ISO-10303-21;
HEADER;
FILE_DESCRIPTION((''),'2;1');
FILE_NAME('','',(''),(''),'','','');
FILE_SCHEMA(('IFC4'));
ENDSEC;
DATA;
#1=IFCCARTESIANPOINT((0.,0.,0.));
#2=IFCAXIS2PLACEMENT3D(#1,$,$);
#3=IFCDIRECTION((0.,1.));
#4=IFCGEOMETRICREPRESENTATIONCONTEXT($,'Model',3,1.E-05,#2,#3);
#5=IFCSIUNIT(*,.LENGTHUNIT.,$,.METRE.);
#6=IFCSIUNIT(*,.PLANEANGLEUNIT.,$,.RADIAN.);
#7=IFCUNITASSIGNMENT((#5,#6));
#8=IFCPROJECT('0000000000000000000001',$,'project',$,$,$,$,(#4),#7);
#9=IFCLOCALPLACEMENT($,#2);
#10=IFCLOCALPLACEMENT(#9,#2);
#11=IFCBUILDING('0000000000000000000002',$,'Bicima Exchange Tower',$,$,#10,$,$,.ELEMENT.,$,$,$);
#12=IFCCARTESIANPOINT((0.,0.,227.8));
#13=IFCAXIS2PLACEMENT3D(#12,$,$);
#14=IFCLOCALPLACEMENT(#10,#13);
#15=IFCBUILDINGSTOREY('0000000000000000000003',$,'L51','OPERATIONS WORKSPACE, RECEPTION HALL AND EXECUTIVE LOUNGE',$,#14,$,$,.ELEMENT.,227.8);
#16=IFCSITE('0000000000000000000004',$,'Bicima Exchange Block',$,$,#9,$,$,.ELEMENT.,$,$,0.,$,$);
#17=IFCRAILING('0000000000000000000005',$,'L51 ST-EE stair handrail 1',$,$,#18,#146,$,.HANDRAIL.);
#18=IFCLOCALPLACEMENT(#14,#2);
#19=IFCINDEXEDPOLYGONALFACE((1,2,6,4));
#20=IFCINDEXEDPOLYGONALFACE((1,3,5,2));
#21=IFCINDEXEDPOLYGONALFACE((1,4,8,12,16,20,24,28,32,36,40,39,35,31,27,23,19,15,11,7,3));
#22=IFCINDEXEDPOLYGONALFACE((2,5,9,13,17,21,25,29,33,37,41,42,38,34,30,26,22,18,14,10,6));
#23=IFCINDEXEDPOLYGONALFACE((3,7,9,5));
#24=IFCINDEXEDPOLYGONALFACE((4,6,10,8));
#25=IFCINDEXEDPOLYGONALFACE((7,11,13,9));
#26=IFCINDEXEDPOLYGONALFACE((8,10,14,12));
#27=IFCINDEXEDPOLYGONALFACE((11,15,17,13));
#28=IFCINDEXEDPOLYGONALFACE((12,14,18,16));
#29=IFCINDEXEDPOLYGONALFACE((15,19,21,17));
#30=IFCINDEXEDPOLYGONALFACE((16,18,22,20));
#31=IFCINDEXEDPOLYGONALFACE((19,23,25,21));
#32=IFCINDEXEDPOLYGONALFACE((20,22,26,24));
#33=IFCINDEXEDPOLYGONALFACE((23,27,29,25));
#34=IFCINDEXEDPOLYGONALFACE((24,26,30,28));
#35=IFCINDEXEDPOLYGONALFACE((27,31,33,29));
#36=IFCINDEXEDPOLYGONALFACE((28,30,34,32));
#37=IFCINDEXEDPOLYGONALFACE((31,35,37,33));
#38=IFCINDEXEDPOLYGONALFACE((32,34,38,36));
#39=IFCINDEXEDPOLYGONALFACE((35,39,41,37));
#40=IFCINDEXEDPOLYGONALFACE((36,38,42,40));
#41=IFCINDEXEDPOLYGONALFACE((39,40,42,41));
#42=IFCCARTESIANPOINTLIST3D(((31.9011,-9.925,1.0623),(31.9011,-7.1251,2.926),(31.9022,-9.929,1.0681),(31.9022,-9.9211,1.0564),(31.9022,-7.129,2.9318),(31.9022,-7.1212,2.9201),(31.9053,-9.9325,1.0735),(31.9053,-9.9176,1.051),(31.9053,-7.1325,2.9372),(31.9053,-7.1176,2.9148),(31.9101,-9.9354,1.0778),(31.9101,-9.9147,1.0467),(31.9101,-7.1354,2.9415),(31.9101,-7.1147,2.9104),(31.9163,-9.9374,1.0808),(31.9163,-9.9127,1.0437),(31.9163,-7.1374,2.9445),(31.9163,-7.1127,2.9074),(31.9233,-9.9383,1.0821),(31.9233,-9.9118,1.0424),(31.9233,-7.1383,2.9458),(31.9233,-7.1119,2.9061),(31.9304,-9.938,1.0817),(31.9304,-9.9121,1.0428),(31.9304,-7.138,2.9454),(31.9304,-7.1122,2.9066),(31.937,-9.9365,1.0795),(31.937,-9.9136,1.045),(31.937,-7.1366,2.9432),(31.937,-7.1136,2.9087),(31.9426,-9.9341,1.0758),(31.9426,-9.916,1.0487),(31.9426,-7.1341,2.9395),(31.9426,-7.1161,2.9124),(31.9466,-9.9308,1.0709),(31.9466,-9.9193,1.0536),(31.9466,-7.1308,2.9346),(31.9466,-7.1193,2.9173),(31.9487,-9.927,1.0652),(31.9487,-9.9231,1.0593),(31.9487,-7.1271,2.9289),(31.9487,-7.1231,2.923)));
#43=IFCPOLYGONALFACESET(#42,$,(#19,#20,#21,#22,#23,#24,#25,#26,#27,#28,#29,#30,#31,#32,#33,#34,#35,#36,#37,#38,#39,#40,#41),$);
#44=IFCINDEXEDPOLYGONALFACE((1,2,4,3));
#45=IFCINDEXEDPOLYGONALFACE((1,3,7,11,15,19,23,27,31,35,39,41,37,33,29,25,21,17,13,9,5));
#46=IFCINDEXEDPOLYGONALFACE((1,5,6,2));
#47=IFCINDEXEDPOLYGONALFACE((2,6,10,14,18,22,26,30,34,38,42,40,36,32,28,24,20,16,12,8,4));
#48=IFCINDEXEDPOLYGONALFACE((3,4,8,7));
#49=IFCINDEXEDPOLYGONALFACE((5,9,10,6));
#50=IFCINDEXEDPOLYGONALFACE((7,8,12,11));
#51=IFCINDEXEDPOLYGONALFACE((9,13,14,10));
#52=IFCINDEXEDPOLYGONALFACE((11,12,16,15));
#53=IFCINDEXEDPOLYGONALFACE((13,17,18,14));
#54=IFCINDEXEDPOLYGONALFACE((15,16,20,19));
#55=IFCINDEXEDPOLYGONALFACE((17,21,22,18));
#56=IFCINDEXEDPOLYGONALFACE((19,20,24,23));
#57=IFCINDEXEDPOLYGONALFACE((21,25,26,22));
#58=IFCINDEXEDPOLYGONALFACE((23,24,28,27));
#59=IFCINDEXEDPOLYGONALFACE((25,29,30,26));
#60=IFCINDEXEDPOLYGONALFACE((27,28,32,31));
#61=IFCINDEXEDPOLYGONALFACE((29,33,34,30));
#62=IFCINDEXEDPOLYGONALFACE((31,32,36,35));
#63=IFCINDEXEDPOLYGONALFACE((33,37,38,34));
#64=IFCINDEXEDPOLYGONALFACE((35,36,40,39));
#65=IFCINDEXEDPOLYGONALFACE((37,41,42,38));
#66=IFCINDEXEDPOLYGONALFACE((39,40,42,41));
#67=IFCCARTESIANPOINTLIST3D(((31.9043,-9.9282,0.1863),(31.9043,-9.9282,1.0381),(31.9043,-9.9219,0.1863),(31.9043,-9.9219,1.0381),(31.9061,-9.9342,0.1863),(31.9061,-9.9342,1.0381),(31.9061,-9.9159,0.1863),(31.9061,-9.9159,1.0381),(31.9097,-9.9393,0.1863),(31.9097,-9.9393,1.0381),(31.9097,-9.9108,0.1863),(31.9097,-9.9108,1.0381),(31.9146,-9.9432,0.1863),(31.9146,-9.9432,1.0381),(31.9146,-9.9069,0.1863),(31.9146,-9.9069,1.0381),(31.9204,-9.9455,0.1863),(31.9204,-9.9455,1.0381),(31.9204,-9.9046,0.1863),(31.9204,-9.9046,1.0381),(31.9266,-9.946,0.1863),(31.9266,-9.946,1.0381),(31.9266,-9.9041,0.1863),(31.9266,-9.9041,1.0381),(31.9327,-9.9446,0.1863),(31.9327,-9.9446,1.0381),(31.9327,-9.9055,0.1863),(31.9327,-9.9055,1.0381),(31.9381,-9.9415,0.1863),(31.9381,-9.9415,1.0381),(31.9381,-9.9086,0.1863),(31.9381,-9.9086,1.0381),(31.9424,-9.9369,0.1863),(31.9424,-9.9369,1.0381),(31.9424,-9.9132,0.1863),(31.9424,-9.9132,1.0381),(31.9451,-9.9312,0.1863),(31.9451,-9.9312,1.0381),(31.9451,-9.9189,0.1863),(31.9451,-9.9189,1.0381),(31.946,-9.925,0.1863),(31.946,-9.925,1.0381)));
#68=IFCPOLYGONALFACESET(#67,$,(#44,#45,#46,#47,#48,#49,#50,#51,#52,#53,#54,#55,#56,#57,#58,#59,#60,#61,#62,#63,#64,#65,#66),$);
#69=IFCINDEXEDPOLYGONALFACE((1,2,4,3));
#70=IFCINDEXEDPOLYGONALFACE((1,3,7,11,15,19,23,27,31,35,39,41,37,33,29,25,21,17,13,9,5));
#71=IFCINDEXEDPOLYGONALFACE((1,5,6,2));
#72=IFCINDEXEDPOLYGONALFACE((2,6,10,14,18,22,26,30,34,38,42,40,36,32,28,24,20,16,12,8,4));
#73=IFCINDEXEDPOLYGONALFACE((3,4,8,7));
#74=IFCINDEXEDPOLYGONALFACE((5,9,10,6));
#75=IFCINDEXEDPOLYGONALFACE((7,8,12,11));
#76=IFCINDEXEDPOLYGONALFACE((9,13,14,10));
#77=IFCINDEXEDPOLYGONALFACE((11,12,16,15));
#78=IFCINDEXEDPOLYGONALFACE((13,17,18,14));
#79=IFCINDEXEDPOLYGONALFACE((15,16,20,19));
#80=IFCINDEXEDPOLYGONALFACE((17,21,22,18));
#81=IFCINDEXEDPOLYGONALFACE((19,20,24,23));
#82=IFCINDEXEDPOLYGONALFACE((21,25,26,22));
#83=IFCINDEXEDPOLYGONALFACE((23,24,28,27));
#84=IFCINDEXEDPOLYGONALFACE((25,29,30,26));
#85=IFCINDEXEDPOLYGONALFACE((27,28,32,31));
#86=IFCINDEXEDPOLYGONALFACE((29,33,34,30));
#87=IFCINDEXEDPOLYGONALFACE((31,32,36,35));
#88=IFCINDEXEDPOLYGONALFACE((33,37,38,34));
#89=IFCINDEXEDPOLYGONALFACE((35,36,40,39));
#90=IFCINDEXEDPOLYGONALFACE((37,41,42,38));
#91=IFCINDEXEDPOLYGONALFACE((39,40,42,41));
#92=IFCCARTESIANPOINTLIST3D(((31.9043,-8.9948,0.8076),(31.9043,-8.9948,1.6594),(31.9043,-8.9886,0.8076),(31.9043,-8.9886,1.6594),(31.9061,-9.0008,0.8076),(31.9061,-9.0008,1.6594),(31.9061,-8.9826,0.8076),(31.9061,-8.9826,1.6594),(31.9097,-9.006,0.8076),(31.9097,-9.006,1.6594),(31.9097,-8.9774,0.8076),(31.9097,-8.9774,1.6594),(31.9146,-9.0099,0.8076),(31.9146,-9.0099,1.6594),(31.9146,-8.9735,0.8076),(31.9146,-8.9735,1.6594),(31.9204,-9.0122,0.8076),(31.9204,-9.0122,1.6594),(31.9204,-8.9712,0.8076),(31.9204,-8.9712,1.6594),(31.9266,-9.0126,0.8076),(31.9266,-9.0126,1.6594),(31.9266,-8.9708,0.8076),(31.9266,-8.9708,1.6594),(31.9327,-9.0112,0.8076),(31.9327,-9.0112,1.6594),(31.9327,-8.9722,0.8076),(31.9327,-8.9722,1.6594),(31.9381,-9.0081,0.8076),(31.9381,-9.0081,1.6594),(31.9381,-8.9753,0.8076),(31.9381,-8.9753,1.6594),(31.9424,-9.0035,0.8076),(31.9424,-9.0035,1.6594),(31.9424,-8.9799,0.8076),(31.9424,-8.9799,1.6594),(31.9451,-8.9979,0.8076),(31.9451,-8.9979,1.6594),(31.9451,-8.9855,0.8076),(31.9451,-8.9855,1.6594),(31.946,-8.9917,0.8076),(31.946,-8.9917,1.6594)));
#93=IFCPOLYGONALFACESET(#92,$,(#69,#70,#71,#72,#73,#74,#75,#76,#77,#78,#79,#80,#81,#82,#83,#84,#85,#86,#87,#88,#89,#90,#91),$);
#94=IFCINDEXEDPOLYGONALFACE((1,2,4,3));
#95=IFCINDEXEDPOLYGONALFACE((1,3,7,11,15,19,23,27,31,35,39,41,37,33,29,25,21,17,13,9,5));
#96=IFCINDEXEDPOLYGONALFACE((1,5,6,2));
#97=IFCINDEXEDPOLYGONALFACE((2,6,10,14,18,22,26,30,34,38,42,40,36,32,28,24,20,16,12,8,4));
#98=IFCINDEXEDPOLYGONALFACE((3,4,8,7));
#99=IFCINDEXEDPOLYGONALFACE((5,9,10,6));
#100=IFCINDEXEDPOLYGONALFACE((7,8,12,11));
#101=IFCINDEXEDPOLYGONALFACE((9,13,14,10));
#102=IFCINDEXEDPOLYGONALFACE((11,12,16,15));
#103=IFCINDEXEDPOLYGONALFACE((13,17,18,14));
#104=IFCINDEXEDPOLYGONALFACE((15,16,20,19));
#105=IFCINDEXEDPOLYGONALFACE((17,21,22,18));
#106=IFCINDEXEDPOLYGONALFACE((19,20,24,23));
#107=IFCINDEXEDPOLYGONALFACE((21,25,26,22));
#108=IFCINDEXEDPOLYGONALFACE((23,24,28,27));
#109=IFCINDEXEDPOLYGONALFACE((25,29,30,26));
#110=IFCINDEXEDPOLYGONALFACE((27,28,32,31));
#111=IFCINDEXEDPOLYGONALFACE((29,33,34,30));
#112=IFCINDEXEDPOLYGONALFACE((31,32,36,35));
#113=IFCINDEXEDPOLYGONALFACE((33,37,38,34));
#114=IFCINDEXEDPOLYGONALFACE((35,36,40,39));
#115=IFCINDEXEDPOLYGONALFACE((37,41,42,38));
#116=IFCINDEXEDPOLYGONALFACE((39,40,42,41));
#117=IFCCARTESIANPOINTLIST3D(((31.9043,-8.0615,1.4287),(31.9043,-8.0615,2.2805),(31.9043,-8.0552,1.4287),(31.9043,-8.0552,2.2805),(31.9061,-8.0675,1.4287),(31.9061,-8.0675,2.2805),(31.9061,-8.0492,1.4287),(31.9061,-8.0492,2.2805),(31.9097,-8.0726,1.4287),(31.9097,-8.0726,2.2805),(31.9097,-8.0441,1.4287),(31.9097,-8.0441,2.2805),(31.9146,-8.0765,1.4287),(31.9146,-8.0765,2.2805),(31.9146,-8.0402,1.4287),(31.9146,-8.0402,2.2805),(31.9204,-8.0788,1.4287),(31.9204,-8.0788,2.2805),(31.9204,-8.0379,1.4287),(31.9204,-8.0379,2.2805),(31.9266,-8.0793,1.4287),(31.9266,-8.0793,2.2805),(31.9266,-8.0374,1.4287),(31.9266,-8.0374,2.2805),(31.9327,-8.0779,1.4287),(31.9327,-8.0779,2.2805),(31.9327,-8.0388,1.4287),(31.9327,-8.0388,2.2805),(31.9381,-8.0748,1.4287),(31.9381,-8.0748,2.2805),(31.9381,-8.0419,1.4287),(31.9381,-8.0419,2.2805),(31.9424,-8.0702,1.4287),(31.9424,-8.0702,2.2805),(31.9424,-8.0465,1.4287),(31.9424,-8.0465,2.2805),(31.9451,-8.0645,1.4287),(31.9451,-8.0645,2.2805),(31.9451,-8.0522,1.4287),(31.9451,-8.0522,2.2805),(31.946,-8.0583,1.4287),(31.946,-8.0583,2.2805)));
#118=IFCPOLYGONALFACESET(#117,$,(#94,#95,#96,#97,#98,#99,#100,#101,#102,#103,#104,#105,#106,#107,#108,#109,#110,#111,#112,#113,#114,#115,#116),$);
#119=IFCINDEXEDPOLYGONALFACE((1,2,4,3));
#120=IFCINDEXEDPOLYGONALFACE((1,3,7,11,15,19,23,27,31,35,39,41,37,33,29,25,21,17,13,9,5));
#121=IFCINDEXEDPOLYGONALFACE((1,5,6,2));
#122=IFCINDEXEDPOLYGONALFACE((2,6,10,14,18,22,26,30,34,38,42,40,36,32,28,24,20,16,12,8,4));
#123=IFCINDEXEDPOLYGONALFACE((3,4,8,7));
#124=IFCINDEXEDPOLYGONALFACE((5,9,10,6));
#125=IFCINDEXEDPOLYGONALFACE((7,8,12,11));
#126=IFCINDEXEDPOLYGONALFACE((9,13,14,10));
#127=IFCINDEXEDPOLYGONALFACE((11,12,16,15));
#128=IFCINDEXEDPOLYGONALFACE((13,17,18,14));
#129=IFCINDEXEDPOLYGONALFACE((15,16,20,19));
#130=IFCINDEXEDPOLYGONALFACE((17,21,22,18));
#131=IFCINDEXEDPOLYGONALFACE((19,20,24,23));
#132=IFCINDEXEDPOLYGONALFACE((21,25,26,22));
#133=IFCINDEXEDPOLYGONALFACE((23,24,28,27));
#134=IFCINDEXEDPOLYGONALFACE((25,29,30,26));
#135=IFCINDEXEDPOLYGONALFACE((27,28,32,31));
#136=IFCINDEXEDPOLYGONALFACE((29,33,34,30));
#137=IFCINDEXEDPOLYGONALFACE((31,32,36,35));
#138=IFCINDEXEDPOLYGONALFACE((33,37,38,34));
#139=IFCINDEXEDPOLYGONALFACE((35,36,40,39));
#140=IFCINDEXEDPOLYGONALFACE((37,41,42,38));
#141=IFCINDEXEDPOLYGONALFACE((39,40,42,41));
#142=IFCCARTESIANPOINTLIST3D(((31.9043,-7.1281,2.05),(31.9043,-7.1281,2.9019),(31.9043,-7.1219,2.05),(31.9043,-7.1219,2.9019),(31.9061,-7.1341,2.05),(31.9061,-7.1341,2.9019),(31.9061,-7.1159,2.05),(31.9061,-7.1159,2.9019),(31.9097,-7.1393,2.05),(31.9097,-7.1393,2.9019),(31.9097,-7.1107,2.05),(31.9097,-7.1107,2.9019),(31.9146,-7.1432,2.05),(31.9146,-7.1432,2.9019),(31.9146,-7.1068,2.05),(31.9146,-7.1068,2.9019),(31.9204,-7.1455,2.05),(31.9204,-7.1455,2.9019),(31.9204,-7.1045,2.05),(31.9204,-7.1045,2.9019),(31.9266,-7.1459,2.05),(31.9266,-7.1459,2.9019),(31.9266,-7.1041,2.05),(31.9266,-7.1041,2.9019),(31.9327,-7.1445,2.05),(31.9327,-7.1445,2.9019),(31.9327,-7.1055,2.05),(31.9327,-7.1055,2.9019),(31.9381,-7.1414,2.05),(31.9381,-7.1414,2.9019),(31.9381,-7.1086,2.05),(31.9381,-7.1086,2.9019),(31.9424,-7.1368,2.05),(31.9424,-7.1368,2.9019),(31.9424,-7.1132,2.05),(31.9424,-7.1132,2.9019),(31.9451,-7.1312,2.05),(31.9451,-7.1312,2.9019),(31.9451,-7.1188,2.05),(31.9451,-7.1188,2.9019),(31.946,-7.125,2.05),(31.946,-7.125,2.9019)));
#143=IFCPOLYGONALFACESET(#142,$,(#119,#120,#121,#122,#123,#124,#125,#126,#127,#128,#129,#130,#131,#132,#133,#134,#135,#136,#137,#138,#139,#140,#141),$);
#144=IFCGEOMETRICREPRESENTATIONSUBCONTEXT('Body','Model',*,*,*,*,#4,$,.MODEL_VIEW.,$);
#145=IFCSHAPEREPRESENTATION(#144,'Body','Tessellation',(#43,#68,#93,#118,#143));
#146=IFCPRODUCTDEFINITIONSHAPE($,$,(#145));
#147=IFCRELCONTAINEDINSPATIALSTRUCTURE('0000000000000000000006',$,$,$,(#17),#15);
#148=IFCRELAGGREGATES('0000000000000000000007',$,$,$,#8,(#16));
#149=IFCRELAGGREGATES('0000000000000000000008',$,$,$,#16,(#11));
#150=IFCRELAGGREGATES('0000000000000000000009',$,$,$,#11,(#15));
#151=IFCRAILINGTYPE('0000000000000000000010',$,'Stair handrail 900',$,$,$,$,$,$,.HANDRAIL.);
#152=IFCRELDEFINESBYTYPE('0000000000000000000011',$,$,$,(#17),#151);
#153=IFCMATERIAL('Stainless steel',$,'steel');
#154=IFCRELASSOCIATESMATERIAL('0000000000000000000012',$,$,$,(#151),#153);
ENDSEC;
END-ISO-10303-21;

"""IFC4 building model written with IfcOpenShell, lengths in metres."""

from ifc_helpers import new_model, si_unit, direction, frame, origin, origin_2d, place, context, subcontext, project, spatial, circle, extrude, material, type_object, element, save


model = new_model("IFC4")

# Units and contexts
model_context = context("Model", 3, precision=1e-05, world=origin(), true_north=direction((0.0, 1.0)))
body_context = subcontext(model_context, "Body", "Model", "MODEL_VIEW")
ifc_project = project(units=[si_unit("LENGTHUNIT", "METRE"), si_unit("PLANEANGLEUNIT", "RADIAN")], contexts=[model_context])

# Site, building, storey
site_placement = place(None, origin())
site = spatial("IfcSite", under=ifc_project, at=site_placement, Name="Bicima Exchange Block", CompositionType="ELEMENT", RefElevation=0.0)
building_placement = place(site_placement, origin())
building = spatial("IfcBuilding", under=site, at=building_placement, Name="Bicima Exchange Tower", CompositionType="ELEMENT")
storey_placement = place(building_placement, frame((0.0, 0.0, 227.8)))
storey = spatial("IfcBuildingStorey", under=building, at=storey_placement, Name="L51", Description="OPERATIONS WORKSPACE, RECEPTION HALL AND EXECUTIVE LOUNGE", CompositionType="ELEMENT", Elevation=227.8)

# Railing
ifc_material_1 = material(Name="Stainless steel", Category="steel")
railing_type = type_object("IfcRailingType", Name="Stair handrail 900", PredefinedType="HANDRAIL", material=ifc_material_1)
railing_placement = place(storey_placement, frame((31.925, -9.925, 0.1863)))
element("IfcRailing", 1, at=railing_placement, inside=storey, type_object=railing_type, Name="L51 ST-EE stair handrail 1", PredefinedType="HANDRAIL", context=body_context, shape_type="SweptSolid", body=[
    extrude(circle(Radius=0.0239, at=origin_2d()), frame((0.0, 0.0, 0.876), z_axis=(0.0, 0.832452, 0.554097), x_axis=(-1.0, 0.0, 0.0)), (0.0, 0.0, 1.0), 3.3635),
    extrude(circle(Radius=0.021, at=origin_2d()), origin(), (0.0, 0.0, 1.0), 0.8518),
    extrude(circle(Radius=0.021, at=origin_2d()), frame((0.0, 0.9333, 0.6213)), (0.0, 0.0, 1.0), 0.8518),
    extrude(circle(Radius=0.021, at=origin_2d()), frame((0.0, 1.8667, 1.2424)), (0.0, 0.0, 1.0), 0.8518),
    extrude(circle(Radius=0.021, at=origin_2d()), frame((0.0, 2.8, 1.8638)), (0.0, 0.0, 1.0), 0.8518),
])

save(model, "model.ifc")
